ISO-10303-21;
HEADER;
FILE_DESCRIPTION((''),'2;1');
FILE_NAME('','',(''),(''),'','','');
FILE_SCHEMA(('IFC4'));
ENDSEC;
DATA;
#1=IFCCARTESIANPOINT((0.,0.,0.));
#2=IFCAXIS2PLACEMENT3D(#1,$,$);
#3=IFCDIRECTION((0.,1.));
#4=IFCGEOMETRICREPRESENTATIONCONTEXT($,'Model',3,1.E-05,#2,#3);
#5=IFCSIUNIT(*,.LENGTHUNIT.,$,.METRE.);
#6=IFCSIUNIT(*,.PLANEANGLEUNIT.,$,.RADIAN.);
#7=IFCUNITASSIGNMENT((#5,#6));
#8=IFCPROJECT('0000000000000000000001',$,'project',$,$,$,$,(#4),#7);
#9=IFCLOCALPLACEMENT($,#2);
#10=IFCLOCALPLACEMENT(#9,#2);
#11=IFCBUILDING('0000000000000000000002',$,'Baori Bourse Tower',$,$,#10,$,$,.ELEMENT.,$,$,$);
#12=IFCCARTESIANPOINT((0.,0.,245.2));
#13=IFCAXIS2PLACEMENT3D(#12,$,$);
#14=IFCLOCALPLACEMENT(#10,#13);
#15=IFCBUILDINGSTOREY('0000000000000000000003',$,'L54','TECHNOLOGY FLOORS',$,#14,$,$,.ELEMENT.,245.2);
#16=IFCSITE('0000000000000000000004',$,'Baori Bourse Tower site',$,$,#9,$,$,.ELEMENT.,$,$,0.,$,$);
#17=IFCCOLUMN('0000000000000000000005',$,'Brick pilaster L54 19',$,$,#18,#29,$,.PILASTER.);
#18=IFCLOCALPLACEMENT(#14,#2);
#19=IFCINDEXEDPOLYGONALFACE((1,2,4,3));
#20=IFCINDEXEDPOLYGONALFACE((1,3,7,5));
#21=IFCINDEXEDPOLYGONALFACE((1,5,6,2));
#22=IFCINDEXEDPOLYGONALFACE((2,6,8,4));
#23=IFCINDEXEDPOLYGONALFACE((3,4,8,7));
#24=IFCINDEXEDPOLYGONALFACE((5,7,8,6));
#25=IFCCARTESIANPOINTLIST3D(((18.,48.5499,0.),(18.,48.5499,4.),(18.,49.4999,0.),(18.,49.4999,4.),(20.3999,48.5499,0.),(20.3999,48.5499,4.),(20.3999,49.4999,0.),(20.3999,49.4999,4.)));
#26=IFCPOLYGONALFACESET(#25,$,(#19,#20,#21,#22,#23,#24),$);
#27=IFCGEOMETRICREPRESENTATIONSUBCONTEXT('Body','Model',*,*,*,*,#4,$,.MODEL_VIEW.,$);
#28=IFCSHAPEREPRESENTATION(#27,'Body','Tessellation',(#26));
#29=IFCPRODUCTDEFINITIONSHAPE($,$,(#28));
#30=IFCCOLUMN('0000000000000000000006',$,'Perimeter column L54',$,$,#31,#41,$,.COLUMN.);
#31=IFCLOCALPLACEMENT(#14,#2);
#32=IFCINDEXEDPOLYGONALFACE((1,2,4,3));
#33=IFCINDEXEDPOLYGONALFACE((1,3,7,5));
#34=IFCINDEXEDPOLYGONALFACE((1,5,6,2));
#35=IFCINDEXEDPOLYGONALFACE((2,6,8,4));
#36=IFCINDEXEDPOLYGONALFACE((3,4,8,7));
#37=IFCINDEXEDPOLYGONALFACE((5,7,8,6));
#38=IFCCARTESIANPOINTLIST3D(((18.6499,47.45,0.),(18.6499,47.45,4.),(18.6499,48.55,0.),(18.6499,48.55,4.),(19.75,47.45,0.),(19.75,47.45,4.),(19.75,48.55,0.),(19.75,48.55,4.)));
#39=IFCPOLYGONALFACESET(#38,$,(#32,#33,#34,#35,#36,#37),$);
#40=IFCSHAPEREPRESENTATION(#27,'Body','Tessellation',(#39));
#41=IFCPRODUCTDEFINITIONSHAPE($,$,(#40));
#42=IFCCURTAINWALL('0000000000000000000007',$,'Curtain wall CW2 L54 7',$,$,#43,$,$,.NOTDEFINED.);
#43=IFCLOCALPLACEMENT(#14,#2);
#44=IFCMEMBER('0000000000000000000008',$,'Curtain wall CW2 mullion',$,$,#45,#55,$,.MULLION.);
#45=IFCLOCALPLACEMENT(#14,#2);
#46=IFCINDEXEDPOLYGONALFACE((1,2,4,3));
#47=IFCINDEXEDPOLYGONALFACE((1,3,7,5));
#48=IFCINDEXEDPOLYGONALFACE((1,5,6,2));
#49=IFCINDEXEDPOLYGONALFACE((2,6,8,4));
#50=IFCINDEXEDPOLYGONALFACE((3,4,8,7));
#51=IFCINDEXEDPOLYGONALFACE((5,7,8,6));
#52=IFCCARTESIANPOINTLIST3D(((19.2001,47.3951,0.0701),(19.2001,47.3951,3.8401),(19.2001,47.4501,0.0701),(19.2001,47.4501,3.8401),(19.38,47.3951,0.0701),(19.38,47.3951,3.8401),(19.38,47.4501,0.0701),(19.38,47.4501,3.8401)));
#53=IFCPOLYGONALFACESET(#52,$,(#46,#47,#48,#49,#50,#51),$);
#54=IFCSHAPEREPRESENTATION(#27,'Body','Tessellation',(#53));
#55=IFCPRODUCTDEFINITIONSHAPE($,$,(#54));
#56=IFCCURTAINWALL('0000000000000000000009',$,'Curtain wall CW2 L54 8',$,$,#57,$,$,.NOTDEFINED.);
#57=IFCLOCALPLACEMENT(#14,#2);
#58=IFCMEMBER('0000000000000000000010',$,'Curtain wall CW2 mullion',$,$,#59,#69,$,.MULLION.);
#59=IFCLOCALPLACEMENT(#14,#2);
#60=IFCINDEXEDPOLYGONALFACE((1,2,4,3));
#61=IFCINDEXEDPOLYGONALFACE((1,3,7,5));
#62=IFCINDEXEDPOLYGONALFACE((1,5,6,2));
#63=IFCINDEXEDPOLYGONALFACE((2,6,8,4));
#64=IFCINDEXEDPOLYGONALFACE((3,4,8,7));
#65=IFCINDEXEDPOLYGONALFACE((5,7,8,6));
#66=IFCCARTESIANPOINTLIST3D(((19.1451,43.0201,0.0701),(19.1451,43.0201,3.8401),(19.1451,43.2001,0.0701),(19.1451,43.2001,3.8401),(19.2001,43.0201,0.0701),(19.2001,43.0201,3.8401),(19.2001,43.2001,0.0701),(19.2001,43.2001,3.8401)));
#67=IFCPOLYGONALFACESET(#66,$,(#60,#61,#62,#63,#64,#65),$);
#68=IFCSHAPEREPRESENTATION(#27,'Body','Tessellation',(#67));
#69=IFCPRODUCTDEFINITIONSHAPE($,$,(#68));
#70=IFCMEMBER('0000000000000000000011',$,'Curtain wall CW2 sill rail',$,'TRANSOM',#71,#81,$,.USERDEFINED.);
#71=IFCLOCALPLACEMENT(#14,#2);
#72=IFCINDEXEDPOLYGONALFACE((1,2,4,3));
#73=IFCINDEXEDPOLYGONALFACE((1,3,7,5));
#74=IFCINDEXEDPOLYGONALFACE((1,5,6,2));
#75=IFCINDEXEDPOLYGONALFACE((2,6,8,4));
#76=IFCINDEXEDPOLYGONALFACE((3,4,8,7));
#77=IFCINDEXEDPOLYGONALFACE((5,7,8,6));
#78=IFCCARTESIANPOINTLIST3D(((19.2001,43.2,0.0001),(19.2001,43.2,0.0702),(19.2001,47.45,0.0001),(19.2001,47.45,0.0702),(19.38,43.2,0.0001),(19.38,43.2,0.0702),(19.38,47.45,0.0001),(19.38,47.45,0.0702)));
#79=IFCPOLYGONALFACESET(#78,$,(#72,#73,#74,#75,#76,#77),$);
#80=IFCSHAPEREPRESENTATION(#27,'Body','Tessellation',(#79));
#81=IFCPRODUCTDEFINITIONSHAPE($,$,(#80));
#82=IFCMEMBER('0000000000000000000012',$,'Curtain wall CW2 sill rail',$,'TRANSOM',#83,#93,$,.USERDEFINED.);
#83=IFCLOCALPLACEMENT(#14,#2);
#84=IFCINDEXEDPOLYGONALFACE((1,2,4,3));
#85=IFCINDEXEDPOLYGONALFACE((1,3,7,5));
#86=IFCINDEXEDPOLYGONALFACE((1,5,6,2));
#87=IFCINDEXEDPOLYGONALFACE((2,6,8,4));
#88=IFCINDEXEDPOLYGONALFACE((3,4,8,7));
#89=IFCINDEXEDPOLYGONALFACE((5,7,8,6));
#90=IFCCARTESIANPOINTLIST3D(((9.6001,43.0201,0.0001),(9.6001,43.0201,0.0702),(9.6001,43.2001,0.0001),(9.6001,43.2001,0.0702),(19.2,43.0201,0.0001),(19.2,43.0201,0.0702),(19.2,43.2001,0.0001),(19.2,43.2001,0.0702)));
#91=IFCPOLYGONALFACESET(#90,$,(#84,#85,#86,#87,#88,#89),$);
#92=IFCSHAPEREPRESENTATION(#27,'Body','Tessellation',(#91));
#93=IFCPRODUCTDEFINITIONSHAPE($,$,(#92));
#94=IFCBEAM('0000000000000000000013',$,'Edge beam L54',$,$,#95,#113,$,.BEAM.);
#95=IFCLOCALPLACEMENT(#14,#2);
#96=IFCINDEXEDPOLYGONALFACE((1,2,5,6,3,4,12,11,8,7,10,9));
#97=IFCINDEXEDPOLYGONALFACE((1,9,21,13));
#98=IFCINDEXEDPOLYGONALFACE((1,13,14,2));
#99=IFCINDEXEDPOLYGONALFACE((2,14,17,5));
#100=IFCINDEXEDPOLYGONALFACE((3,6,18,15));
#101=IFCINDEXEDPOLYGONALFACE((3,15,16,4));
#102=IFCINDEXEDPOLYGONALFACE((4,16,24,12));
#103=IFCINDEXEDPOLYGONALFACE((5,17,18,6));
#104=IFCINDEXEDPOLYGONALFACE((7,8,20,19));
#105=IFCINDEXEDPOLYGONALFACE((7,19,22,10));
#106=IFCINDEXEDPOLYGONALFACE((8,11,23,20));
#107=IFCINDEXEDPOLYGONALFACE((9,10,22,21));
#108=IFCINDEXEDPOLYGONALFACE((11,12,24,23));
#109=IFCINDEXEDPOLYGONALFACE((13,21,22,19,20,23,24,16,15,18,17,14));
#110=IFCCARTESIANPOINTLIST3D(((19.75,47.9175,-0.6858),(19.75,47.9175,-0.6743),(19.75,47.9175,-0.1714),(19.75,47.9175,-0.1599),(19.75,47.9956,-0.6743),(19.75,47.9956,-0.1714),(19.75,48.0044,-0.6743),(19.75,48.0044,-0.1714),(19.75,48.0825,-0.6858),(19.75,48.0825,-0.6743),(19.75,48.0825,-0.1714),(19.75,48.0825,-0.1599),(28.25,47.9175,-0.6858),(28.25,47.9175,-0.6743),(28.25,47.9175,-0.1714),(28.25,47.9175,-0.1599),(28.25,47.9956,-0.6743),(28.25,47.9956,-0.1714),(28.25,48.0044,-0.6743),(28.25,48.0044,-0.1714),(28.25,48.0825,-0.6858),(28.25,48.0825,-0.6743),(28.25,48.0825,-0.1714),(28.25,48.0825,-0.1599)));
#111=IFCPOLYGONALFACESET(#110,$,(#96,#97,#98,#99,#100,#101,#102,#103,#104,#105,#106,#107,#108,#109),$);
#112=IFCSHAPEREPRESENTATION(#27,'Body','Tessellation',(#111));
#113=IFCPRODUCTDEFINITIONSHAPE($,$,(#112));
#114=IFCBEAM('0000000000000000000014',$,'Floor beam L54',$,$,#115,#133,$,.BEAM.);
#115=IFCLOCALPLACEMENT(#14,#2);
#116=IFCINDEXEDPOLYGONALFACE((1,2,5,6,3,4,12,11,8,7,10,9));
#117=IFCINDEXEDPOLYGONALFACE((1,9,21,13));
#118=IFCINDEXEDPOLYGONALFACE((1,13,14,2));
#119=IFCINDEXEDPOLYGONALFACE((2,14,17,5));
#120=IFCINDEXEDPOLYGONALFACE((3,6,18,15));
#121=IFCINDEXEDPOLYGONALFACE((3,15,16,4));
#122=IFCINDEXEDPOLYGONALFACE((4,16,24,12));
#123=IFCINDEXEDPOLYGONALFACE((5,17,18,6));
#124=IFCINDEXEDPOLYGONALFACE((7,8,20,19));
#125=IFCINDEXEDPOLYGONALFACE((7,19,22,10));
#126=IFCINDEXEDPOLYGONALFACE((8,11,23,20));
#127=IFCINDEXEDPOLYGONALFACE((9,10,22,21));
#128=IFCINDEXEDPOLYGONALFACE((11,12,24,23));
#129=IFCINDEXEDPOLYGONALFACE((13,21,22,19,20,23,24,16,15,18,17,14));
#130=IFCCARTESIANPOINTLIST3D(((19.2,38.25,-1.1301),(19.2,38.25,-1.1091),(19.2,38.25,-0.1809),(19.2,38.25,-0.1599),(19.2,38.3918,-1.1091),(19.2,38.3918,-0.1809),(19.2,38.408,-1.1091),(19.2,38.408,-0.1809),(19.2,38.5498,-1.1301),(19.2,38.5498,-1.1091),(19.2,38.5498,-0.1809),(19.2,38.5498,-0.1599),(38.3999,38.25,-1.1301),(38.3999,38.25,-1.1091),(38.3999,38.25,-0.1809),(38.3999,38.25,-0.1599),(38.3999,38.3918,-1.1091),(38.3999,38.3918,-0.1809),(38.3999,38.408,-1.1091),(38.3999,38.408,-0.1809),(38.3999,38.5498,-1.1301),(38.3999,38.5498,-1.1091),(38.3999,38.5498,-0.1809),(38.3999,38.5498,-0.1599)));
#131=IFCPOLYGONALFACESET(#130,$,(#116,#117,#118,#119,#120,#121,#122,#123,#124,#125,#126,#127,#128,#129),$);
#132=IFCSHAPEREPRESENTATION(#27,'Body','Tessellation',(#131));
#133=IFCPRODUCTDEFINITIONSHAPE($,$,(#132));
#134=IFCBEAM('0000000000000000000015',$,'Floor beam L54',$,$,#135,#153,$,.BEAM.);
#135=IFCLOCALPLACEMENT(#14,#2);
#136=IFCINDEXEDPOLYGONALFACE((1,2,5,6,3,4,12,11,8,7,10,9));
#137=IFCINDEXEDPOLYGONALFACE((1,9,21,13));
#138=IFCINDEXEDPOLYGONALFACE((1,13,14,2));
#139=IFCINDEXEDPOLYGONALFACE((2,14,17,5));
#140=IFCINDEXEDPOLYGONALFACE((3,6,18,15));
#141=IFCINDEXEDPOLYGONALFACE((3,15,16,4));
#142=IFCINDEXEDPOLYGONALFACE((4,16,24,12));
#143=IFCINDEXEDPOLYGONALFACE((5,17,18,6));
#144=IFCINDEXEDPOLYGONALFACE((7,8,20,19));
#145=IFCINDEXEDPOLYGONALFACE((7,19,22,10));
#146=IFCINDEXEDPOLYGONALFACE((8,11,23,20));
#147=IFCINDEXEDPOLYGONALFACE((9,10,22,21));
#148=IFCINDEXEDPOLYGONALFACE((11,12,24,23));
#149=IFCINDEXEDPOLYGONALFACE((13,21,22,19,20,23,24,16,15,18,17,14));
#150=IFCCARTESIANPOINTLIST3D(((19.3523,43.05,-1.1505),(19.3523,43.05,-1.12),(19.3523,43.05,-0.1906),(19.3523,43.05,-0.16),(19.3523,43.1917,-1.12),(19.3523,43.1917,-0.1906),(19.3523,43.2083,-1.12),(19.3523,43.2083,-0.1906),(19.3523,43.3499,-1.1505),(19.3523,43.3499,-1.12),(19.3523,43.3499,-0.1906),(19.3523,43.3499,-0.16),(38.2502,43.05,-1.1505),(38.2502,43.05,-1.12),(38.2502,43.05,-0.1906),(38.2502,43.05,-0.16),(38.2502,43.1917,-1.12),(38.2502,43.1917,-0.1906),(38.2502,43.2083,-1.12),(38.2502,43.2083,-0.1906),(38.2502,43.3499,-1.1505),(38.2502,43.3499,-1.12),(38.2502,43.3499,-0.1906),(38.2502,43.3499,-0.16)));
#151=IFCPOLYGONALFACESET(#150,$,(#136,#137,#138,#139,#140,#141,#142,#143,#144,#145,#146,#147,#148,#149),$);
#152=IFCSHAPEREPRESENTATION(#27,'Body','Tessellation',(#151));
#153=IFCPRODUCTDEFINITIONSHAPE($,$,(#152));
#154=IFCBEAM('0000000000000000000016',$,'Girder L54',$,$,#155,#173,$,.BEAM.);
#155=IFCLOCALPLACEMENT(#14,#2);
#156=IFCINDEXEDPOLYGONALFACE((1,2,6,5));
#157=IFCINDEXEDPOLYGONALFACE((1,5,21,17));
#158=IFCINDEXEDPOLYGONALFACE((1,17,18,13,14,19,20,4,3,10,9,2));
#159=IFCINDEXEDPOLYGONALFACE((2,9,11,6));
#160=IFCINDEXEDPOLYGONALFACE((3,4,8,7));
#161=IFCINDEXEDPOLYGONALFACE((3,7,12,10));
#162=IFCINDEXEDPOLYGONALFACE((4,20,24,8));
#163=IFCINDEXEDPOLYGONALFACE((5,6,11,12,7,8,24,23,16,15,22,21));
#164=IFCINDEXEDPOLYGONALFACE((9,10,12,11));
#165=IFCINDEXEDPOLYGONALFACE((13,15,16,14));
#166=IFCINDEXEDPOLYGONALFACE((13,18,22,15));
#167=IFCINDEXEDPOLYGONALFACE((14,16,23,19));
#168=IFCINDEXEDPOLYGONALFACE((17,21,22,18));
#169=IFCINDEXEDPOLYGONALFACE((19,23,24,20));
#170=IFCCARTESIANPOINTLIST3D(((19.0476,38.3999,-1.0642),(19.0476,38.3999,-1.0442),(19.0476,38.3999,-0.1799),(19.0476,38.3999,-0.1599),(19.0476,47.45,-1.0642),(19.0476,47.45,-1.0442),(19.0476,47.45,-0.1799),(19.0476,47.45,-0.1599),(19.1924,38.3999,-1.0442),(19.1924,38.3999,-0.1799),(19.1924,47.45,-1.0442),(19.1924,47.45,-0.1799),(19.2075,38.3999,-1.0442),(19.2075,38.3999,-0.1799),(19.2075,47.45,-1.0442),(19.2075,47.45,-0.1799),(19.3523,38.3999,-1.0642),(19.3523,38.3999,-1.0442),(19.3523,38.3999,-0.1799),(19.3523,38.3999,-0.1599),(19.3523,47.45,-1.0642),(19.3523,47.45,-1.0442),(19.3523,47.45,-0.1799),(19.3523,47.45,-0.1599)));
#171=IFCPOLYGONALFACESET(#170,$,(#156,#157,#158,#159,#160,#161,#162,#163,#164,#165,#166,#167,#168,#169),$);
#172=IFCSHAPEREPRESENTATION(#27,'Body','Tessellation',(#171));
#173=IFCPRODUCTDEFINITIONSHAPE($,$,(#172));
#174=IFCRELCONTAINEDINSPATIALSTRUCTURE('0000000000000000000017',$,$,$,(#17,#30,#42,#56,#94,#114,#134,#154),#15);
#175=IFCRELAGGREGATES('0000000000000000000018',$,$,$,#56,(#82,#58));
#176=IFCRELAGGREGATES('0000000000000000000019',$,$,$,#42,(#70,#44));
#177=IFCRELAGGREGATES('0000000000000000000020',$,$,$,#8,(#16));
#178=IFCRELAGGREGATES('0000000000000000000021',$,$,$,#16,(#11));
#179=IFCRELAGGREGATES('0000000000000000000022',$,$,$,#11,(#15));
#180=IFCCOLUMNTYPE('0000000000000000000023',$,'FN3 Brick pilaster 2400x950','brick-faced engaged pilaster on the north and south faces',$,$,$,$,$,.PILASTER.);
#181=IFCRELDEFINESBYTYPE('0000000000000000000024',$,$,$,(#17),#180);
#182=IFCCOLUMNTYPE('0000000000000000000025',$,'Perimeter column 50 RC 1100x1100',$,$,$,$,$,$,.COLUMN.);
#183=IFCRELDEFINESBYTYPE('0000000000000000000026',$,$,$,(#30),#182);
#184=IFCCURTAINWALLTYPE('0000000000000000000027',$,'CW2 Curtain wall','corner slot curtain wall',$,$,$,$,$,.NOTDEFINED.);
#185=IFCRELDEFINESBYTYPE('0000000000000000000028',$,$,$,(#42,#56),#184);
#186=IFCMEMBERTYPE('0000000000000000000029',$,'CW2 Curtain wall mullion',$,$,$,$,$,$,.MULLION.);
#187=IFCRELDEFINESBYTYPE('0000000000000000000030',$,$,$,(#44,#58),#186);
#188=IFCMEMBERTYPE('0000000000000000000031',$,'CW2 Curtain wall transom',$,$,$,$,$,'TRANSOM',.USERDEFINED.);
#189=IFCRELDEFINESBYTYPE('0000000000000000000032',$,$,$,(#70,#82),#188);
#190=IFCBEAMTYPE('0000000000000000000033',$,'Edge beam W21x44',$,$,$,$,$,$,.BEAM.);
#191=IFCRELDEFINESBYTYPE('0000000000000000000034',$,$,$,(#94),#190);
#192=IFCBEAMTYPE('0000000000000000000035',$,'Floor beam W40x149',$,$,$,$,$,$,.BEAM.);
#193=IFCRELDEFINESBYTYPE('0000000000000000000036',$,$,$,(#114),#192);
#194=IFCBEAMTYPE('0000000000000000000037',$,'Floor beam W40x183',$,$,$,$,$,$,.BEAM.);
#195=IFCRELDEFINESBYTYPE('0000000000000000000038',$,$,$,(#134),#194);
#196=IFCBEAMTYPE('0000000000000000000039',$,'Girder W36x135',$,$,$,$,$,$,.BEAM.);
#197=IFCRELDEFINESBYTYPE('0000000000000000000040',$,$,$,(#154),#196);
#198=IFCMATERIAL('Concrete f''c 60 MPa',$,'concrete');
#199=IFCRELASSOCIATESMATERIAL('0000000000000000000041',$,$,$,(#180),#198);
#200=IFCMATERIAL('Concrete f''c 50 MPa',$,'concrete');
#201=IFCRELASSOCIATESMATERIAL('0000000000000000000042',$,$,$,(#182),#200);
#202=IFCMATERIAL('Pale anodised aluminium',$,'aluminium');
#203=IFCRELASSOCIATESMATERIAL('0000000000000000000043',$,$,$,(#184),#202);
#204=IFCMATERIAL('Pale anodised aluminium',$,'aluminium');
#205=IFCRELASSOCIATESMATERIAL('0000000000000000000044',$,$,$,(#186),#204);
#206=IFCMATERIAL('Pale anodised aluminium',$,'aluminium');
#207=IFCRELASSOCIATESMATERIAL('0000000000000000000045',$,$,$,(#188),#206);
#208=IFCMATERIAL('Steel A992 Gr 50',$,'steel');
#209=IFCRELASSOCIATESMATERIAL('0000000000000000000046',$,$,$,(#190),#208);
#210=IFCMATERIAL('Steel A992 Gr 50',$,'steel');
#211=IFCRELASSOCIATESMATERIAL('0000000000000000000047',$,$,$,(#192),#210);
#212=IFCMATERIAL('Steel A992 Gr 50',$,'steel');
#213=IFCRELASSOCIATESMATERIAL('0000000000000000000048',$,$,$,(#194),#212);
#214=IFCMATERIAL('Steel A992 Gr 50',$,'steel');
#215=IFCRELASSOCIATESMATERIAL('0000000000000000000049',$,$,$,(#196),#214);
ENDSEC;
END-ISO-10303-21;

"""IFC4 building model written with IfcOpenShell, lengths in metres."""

from ifc_helpers import new_model, si_unit, direction, frame, origin, origin_2d, place, context, subcontext, project, spatial, rectangle, i_section, extrude, material, material_profile, profile_set, type_object, element, aggregate, save


model = new_model("IFC4")

# Units and contexts
model_context = context("Model", 3, precision=1e-05, world=origin(), true_north=direction((0.0, 1.0)))
body_context = subcontext(model_context, "Body", "Model", "MODEL_VIEW")
ifc_project = project(units=[si_unit("LENGTHUNIT", "METRE"), si_unit("PLANEANGLEUNIT", "RADIAN")], contexts=[model_context])

# Site, building, storey
site_placement = place(None, origin())
site = spatial("IfcSite", under=ifc_project, at=site_placement, Name="Baori Bourse Tower site", CompositionType="ELEMENT", RefElevation=0.0)
building_placement = place(site_placement, origin())
building = spatial("IfcBuilding", under=site, at=building_placement, Name="Baori Bourse Tower", CompositionType="ELEMENT")
storey_placement = place(building_placement, frame((0.0, 0.0, 245.2)))
storey = spatial("IfcBuildingStorey", under=building, at=storey_placement, Name="L54", Description="TECHNOLOGY FLOORS", CompositionType="ELEMENT", Elevation=245.2)

# Columns
ifc_material_1 = material(Name="Concrete f'c 60 MPa", Category="concrete")
ifc_material_profile_1 = material_profile(ifc_material_1, rectangle(XDim=2.3999, YDim=0.95, at=origin_2d()), Name="RC 2400x950")
ifc_profile_set_1 = profile_set([ifc_material_profile_1], Name="Concrete f'c 60 MPa")
column_type_1 = type_object("IfcColumnType", Name="FN3 Brick pilaster 2400x950", Description="brick-faced engaged pilaster on the north and south faces", PredefinedType="PILASTER", material=ifc_profile_set_1)
column_1_placement = place(storey_placement, frame((19.2, 49.0249, 0.0), z_axis=(0.0, 0.0, 1.0), x_axis=(1.0, 0.0, 0.0)))
element("IfcColumn", 1, at=column_1_placement, inside=storey, type_object=column_type_1, Name="Brick pilaster L54 19", PredefinedType="PILASTER", context=body_context, shape_type="SweptSolid", body=[
    extrude(rectangle(XDim=2.3999, YDim=0.95, at=origin_2d()), origin(), (0.0, 0.0, 1.0), 4.0),
])
ifc_material_2 = material(Name="Concrete f'c 50 MPa", Category="concrete")
ifc_material_profile_2 = material_profile(ifc_material_2, rectangle(XDim=1.1001, YDim=1.1001, at=origin_2d()), Name="RC 1100x1100")
ifc_profile_set_2 = profile_set([ifc_material_profile_2], Name="Concrete f'c 50 MPa")
column_type_2 = type_object("IfcColumnType", Name="Perimeter column 50 RC 1100x1100", PredefinedType="COLUMN", material=ifc_profile_set_2)
column_2_placement = place(storey_placement, frame((19.2, 48.0, 0.0), z_axis=(0.0, 0.0, 1.0), x_axis=(1.0, 0.0, 0.0)))
element("IfcColumn", 2, at=column_2_placement, inside=storey, type_object=column_type_2, Name="Perimeter column L54", PredefinedType="COLUMN", context=body_context, shape_type="SweptSolid", body=[
    extrude(rectangle(XDim=1.1001, YDim=1.1001, at=origin_2d()), origin(), (0.0, 0.0, 1.0), 4.0),
])

# Curtain walls, members
ifc_material_3 = material(Name="Pale anodised aluminium", Category="aluminium")
curtain_wall_type_1 = type_object("IfcCurtainWallType", Name="CW2 Curtain wall", Description="corner slot curtain wall", PredefinedType="NOTDEFINED", material=ifc_material_3)
curtain_wall_1_placement = place(storey_placement, origin())
curtain_wall_1 = element("IfcCurtainWall", 3, at=curtain_wall_1_placement, inside=storey, type_object=curtain_wall_type_1, Name="Curtain wall CW2 L54 7", PredefinedType="NOTDEFINED")
ifc_material_4 = material(Name="Pale anodised aluminium", Category="aluminium")
ifc_material_profile_3 = material_profile(ifc_material_4, rectangle(XDim=0.1799, YDim=0.0549, at=origin_2d()), Name="Mullion 55x180")
ifc_profile_set_3 = profile_set([ifc_material_profile_3], Name="Pale anodised aluminium")
member_type_1 = type_object("IfcMemberType", Name="CW2 Curtain wall mullion", PredefinedType="MULLION", material=ifc_profile_set_3)
member_1_placement = place(storey_placement, frame((19.29, 47.4226, 0.0701), z_axis=(0.0, 0.0, 1.0), x_axis=(1.0, 0.0, 0.0)))
member_1 = element("IfcMember", 4, at=member_1_placement, type_object=member_type_1, Name="Curtain wall CW2 mullion", PredefinedType="MULLION", context=body_context, shape_type="SweptSolid", body=[
    extrude(rectangle(XDim=0.1799, YDim=0.0549, at=origin_2d()), origin(), (0.0, 0.0, 1.0), 3.77),
])
curtain_wall_2_placement = place(storey_placement, origin())
curtain_wall_2 = element("IfcCurtainWall", 5, at=curtain_wall_2_placement, inside=storey, type_object=curtain_wall_type_1, Name="Curtain wall CW2 L54 8", PredefinedType="NOTDEFINED")
member_2_placement = place(storey_placement, frame((19.1726, 43.1101, 0.0701), z_axis=(0.0, 0.0, 1.0), x_axis=(0.0, -1.0, 0.0)))
member_2 = element("IfcMember", 6, at=member_2_placement, type_object=member_type_1, Name="Curtain wall CW2 mullion", PredefinedType="MULLION", context=body_context, shape_type="SweptSolid", body=[
    extrude(rectangle(XDim=0.1799, YDim=0.0549, at=origin_2d()), origin(), (0.0, 0.0, 1.0), 3.77),
])

# Members
ifc_material_5 = material(Name="Pale anodised aluminium", Category="aluminium")
ifc_material_profile_4 = material_profile(ifc_material_5, rectangle(XDim=0.1799, YDim=0.0701, at=origin_2d()), Name="Transom 70x180")
ifc_profile_set_4 = profile_set([ifc_material_profile_4], Name="Pale anodised aluminium")
member_type_2 = type_object("IfcMemberType", Name="CW2 Curtain wall transom", ElementType="TRANSOM", PredefinedType="USERDEFINED", material=ifc_profile_set_4)
member_3_placement = place(storey_placement, frame((19.29, 47.45, 0.0352), z_axis=(0.0, -1.0, 0.0), x_axis=(1.0, 0.0, 0.0)))
member_3 = element("IfcMember", 7, at=member_3_placement, type_object=member_type_2, Name="Curtain wall CW2 sill rail", ObjectType="TRANSOM", PredefinedType="USERDEFINED", context=body_context, shape_type="SweptSolid", body=[
    extrude(rectangle(XDim=0.1799, YDim=0.0701, at=origin_2d()), origin(), (0.0, 0.0, 1.0), 4.25),
])
member_4_placement = place(storey_placement, frame((19.2, 43.1101, 0.0352), z_axis=(-1.0, 0.0, 0.0), x_axis=(0.0, -1.0, 0.0)))
member_4 = element("IfcMember", 8, at=member_4_placement, type_object=member_type_2, Name="Curtain wall CW2 sill rail", ObjectType="TRANSOM", PredefinedType="USERDEFINED", context=body_context, shape_type="SweptSolid", body=[
    extrude(rectangle(XDim=0.1799, YDim=0.0701, at=origin_2d()), origin(), (0.0, 0.0, 1.0), 9.5999),
])
aggregate(curtain_wall_2, [member_4, member_2])

# Beams
ifc_material_6 = material(Name="Steel A992 Gr 50", Category="steel")
ifc_material_profile_5 = material_profile(ifc_material_6, i_section(OverallWidth=0.165, OverallDepth=0.5259, WebThickness=0.0088, FlangeThickness=0.0115, at=origin_2d()), Name="W21x44")
ifc_profile_set_5 = profile_set([ifc_material_profile_5], Name="Steel A992 Gr 50")
beam_type_1 = type_object("IfcBeamType", Name="Edge beam W21x44", PredefinedType="BEAM", material=ifc_profile_set_5)
beam_1_placement = place(storey_placement, frame((19.75, 48.0, -0.4229), z_axis=(1.0, 0.0, 0.0), x_axis=(0.0, 1.0, 0.0)))
element("IfcBeam", 9, at=beam_1_placement, inside=storey, type_object=beam_type_1, Name="Edge beam L54", PredefinedType="BEAM", context=body_context, shape_type="SweptSolid", body=[
    extrude(i_section(OverallWidth=0.165, OverallDepth=0.5259, WebThickness=0.0088, FlangeThickness=0.0115, at=origin_2d()), origin(), (0.0, 0.0, 1.0), 8.5),
])
ifc_material_7 = material(Name="Steel A992 Gr 50", Category="steel")
ifc_material_profile_6 = material_profile(ifc_material_7, i_section(OverallWidth=0.2998, OverallDepth=0.9702, WebThickness=0.0161, FlangeThickness=0.021, at=origin_2d()), Name="W40x149")
ifc_profile_set_6 = profile_set([ifc_material_profile_6], Name="Steel A992 Gr 50")
beam_type_2 = type_object("IfcBeamType", Name="Floor beam W40x149", PredefinedType="BEAM", material=ifc_profile_set_6)
beam_2_placement = place(storey_placement, frame((19.2, 38.3999, -0.645), z_axis=(1.0, 0.0, 0.0), x_axis=(0.0, 1.0, 0.0)))
element("IfcBeam", 10, at=beam_2_placement, inside=storey, type_object=beam_type_2, Name="Floor beam L54", PredefinedType="BEAM", context=body_context, shape_type="SweptSolid", body=[
    extrude(i_section(OverallWidth=0.2998, OverallDepth=0.9702, WebThickness=0.0161, FlangeThickness=0.021, at=origin_2d()), origin(), (0.0, 0.0, 1.0), 19.2),
])
ifc_material_8 = material(Name="Steel A992 Gr 50", Category="steel")
ifc_material_profile_7 = material_profile(ifc_material_8, i_section(OverallWidth=0.2998, OverallDepth=0.9905, WebThickness=0.0166, FlangeThickness=0.0305, at=origin_2d()), Name="W40x183")
ifc_profile_set_7 = profile_set([ifc_material_profile_7], Name="Steel A992 Gr 50")
beam_type_3 = type_object("IfcBeamType", Name="Floor beam W40x183", PredefinedType="BEAM", material=ifc_profile_set_7)
beam_3_placement = place(storey_placement, frame((19.3523, 43.2, -0.6553), z_axis=(1.0, 0.0, 0.0), x_axis=(0.0, 1.0, 0.0)))
element("IfcBeam", 11, at=beam_3_placement, inside=storey, type_object=beam_type_3, Name="Floor beam L54", PredefinedType="BEAM", context=body_context, shape_type="SweptSolid", body=[
    extrude(i_section(OverallWidth=0.2998, OverallDepth=0.9905, WebThickness=0.0166, FlangeThickness=0.0305, at=origin_2d()), origin(), (0.0, 0.0, 1.0), 18.8979),
])
ifc_material_9 = material(Name="Steel A992 Gr 50", Category="steel")
ifc_material_profile_8 = material_profile(ifc_material_9, i_section(OverallWidth=0.3047, OverallDepth=0.9043, WebThickness=0.0151, FlangeThickness=0.02, at=origin_2d()), Name="W36x135")
ifc_profile_set_8 = profile_set([ifc_material_profile_8], Name="Steel A992 Gr 50")
beam_type_4 = type_object("IfcBeamType", Name="Girder W36x135", PredefinedType="BEAM", material=ifc_profile_set_8)
beam_4_placement = place(storey_placement, frame((19.2, 38.3999, -0.6121), z_axis=(0.0, 1.0, 0.0), x_axis=(-1.0, 0.0, 0.0)))
element("IfcBeam", 12, at=beam_4_placement, inside=storey, type_object=beam_type_4, Name="Girder L54", PredefinedType="BEAM", context=body_context, shape_type="SweptSolid", body=[
    extrude(i_section(OverallWidth=0.3047, OverallDepth=0.9043, WebThickness=0.0151, FlangeThickness=0.02, at=origin_2d()), origin(), (0.0, 0.0, 1.0), 9.05),
])

aggregate(curtain_wall_1, [member_3, member_1])

save(model, "model.ifc")
